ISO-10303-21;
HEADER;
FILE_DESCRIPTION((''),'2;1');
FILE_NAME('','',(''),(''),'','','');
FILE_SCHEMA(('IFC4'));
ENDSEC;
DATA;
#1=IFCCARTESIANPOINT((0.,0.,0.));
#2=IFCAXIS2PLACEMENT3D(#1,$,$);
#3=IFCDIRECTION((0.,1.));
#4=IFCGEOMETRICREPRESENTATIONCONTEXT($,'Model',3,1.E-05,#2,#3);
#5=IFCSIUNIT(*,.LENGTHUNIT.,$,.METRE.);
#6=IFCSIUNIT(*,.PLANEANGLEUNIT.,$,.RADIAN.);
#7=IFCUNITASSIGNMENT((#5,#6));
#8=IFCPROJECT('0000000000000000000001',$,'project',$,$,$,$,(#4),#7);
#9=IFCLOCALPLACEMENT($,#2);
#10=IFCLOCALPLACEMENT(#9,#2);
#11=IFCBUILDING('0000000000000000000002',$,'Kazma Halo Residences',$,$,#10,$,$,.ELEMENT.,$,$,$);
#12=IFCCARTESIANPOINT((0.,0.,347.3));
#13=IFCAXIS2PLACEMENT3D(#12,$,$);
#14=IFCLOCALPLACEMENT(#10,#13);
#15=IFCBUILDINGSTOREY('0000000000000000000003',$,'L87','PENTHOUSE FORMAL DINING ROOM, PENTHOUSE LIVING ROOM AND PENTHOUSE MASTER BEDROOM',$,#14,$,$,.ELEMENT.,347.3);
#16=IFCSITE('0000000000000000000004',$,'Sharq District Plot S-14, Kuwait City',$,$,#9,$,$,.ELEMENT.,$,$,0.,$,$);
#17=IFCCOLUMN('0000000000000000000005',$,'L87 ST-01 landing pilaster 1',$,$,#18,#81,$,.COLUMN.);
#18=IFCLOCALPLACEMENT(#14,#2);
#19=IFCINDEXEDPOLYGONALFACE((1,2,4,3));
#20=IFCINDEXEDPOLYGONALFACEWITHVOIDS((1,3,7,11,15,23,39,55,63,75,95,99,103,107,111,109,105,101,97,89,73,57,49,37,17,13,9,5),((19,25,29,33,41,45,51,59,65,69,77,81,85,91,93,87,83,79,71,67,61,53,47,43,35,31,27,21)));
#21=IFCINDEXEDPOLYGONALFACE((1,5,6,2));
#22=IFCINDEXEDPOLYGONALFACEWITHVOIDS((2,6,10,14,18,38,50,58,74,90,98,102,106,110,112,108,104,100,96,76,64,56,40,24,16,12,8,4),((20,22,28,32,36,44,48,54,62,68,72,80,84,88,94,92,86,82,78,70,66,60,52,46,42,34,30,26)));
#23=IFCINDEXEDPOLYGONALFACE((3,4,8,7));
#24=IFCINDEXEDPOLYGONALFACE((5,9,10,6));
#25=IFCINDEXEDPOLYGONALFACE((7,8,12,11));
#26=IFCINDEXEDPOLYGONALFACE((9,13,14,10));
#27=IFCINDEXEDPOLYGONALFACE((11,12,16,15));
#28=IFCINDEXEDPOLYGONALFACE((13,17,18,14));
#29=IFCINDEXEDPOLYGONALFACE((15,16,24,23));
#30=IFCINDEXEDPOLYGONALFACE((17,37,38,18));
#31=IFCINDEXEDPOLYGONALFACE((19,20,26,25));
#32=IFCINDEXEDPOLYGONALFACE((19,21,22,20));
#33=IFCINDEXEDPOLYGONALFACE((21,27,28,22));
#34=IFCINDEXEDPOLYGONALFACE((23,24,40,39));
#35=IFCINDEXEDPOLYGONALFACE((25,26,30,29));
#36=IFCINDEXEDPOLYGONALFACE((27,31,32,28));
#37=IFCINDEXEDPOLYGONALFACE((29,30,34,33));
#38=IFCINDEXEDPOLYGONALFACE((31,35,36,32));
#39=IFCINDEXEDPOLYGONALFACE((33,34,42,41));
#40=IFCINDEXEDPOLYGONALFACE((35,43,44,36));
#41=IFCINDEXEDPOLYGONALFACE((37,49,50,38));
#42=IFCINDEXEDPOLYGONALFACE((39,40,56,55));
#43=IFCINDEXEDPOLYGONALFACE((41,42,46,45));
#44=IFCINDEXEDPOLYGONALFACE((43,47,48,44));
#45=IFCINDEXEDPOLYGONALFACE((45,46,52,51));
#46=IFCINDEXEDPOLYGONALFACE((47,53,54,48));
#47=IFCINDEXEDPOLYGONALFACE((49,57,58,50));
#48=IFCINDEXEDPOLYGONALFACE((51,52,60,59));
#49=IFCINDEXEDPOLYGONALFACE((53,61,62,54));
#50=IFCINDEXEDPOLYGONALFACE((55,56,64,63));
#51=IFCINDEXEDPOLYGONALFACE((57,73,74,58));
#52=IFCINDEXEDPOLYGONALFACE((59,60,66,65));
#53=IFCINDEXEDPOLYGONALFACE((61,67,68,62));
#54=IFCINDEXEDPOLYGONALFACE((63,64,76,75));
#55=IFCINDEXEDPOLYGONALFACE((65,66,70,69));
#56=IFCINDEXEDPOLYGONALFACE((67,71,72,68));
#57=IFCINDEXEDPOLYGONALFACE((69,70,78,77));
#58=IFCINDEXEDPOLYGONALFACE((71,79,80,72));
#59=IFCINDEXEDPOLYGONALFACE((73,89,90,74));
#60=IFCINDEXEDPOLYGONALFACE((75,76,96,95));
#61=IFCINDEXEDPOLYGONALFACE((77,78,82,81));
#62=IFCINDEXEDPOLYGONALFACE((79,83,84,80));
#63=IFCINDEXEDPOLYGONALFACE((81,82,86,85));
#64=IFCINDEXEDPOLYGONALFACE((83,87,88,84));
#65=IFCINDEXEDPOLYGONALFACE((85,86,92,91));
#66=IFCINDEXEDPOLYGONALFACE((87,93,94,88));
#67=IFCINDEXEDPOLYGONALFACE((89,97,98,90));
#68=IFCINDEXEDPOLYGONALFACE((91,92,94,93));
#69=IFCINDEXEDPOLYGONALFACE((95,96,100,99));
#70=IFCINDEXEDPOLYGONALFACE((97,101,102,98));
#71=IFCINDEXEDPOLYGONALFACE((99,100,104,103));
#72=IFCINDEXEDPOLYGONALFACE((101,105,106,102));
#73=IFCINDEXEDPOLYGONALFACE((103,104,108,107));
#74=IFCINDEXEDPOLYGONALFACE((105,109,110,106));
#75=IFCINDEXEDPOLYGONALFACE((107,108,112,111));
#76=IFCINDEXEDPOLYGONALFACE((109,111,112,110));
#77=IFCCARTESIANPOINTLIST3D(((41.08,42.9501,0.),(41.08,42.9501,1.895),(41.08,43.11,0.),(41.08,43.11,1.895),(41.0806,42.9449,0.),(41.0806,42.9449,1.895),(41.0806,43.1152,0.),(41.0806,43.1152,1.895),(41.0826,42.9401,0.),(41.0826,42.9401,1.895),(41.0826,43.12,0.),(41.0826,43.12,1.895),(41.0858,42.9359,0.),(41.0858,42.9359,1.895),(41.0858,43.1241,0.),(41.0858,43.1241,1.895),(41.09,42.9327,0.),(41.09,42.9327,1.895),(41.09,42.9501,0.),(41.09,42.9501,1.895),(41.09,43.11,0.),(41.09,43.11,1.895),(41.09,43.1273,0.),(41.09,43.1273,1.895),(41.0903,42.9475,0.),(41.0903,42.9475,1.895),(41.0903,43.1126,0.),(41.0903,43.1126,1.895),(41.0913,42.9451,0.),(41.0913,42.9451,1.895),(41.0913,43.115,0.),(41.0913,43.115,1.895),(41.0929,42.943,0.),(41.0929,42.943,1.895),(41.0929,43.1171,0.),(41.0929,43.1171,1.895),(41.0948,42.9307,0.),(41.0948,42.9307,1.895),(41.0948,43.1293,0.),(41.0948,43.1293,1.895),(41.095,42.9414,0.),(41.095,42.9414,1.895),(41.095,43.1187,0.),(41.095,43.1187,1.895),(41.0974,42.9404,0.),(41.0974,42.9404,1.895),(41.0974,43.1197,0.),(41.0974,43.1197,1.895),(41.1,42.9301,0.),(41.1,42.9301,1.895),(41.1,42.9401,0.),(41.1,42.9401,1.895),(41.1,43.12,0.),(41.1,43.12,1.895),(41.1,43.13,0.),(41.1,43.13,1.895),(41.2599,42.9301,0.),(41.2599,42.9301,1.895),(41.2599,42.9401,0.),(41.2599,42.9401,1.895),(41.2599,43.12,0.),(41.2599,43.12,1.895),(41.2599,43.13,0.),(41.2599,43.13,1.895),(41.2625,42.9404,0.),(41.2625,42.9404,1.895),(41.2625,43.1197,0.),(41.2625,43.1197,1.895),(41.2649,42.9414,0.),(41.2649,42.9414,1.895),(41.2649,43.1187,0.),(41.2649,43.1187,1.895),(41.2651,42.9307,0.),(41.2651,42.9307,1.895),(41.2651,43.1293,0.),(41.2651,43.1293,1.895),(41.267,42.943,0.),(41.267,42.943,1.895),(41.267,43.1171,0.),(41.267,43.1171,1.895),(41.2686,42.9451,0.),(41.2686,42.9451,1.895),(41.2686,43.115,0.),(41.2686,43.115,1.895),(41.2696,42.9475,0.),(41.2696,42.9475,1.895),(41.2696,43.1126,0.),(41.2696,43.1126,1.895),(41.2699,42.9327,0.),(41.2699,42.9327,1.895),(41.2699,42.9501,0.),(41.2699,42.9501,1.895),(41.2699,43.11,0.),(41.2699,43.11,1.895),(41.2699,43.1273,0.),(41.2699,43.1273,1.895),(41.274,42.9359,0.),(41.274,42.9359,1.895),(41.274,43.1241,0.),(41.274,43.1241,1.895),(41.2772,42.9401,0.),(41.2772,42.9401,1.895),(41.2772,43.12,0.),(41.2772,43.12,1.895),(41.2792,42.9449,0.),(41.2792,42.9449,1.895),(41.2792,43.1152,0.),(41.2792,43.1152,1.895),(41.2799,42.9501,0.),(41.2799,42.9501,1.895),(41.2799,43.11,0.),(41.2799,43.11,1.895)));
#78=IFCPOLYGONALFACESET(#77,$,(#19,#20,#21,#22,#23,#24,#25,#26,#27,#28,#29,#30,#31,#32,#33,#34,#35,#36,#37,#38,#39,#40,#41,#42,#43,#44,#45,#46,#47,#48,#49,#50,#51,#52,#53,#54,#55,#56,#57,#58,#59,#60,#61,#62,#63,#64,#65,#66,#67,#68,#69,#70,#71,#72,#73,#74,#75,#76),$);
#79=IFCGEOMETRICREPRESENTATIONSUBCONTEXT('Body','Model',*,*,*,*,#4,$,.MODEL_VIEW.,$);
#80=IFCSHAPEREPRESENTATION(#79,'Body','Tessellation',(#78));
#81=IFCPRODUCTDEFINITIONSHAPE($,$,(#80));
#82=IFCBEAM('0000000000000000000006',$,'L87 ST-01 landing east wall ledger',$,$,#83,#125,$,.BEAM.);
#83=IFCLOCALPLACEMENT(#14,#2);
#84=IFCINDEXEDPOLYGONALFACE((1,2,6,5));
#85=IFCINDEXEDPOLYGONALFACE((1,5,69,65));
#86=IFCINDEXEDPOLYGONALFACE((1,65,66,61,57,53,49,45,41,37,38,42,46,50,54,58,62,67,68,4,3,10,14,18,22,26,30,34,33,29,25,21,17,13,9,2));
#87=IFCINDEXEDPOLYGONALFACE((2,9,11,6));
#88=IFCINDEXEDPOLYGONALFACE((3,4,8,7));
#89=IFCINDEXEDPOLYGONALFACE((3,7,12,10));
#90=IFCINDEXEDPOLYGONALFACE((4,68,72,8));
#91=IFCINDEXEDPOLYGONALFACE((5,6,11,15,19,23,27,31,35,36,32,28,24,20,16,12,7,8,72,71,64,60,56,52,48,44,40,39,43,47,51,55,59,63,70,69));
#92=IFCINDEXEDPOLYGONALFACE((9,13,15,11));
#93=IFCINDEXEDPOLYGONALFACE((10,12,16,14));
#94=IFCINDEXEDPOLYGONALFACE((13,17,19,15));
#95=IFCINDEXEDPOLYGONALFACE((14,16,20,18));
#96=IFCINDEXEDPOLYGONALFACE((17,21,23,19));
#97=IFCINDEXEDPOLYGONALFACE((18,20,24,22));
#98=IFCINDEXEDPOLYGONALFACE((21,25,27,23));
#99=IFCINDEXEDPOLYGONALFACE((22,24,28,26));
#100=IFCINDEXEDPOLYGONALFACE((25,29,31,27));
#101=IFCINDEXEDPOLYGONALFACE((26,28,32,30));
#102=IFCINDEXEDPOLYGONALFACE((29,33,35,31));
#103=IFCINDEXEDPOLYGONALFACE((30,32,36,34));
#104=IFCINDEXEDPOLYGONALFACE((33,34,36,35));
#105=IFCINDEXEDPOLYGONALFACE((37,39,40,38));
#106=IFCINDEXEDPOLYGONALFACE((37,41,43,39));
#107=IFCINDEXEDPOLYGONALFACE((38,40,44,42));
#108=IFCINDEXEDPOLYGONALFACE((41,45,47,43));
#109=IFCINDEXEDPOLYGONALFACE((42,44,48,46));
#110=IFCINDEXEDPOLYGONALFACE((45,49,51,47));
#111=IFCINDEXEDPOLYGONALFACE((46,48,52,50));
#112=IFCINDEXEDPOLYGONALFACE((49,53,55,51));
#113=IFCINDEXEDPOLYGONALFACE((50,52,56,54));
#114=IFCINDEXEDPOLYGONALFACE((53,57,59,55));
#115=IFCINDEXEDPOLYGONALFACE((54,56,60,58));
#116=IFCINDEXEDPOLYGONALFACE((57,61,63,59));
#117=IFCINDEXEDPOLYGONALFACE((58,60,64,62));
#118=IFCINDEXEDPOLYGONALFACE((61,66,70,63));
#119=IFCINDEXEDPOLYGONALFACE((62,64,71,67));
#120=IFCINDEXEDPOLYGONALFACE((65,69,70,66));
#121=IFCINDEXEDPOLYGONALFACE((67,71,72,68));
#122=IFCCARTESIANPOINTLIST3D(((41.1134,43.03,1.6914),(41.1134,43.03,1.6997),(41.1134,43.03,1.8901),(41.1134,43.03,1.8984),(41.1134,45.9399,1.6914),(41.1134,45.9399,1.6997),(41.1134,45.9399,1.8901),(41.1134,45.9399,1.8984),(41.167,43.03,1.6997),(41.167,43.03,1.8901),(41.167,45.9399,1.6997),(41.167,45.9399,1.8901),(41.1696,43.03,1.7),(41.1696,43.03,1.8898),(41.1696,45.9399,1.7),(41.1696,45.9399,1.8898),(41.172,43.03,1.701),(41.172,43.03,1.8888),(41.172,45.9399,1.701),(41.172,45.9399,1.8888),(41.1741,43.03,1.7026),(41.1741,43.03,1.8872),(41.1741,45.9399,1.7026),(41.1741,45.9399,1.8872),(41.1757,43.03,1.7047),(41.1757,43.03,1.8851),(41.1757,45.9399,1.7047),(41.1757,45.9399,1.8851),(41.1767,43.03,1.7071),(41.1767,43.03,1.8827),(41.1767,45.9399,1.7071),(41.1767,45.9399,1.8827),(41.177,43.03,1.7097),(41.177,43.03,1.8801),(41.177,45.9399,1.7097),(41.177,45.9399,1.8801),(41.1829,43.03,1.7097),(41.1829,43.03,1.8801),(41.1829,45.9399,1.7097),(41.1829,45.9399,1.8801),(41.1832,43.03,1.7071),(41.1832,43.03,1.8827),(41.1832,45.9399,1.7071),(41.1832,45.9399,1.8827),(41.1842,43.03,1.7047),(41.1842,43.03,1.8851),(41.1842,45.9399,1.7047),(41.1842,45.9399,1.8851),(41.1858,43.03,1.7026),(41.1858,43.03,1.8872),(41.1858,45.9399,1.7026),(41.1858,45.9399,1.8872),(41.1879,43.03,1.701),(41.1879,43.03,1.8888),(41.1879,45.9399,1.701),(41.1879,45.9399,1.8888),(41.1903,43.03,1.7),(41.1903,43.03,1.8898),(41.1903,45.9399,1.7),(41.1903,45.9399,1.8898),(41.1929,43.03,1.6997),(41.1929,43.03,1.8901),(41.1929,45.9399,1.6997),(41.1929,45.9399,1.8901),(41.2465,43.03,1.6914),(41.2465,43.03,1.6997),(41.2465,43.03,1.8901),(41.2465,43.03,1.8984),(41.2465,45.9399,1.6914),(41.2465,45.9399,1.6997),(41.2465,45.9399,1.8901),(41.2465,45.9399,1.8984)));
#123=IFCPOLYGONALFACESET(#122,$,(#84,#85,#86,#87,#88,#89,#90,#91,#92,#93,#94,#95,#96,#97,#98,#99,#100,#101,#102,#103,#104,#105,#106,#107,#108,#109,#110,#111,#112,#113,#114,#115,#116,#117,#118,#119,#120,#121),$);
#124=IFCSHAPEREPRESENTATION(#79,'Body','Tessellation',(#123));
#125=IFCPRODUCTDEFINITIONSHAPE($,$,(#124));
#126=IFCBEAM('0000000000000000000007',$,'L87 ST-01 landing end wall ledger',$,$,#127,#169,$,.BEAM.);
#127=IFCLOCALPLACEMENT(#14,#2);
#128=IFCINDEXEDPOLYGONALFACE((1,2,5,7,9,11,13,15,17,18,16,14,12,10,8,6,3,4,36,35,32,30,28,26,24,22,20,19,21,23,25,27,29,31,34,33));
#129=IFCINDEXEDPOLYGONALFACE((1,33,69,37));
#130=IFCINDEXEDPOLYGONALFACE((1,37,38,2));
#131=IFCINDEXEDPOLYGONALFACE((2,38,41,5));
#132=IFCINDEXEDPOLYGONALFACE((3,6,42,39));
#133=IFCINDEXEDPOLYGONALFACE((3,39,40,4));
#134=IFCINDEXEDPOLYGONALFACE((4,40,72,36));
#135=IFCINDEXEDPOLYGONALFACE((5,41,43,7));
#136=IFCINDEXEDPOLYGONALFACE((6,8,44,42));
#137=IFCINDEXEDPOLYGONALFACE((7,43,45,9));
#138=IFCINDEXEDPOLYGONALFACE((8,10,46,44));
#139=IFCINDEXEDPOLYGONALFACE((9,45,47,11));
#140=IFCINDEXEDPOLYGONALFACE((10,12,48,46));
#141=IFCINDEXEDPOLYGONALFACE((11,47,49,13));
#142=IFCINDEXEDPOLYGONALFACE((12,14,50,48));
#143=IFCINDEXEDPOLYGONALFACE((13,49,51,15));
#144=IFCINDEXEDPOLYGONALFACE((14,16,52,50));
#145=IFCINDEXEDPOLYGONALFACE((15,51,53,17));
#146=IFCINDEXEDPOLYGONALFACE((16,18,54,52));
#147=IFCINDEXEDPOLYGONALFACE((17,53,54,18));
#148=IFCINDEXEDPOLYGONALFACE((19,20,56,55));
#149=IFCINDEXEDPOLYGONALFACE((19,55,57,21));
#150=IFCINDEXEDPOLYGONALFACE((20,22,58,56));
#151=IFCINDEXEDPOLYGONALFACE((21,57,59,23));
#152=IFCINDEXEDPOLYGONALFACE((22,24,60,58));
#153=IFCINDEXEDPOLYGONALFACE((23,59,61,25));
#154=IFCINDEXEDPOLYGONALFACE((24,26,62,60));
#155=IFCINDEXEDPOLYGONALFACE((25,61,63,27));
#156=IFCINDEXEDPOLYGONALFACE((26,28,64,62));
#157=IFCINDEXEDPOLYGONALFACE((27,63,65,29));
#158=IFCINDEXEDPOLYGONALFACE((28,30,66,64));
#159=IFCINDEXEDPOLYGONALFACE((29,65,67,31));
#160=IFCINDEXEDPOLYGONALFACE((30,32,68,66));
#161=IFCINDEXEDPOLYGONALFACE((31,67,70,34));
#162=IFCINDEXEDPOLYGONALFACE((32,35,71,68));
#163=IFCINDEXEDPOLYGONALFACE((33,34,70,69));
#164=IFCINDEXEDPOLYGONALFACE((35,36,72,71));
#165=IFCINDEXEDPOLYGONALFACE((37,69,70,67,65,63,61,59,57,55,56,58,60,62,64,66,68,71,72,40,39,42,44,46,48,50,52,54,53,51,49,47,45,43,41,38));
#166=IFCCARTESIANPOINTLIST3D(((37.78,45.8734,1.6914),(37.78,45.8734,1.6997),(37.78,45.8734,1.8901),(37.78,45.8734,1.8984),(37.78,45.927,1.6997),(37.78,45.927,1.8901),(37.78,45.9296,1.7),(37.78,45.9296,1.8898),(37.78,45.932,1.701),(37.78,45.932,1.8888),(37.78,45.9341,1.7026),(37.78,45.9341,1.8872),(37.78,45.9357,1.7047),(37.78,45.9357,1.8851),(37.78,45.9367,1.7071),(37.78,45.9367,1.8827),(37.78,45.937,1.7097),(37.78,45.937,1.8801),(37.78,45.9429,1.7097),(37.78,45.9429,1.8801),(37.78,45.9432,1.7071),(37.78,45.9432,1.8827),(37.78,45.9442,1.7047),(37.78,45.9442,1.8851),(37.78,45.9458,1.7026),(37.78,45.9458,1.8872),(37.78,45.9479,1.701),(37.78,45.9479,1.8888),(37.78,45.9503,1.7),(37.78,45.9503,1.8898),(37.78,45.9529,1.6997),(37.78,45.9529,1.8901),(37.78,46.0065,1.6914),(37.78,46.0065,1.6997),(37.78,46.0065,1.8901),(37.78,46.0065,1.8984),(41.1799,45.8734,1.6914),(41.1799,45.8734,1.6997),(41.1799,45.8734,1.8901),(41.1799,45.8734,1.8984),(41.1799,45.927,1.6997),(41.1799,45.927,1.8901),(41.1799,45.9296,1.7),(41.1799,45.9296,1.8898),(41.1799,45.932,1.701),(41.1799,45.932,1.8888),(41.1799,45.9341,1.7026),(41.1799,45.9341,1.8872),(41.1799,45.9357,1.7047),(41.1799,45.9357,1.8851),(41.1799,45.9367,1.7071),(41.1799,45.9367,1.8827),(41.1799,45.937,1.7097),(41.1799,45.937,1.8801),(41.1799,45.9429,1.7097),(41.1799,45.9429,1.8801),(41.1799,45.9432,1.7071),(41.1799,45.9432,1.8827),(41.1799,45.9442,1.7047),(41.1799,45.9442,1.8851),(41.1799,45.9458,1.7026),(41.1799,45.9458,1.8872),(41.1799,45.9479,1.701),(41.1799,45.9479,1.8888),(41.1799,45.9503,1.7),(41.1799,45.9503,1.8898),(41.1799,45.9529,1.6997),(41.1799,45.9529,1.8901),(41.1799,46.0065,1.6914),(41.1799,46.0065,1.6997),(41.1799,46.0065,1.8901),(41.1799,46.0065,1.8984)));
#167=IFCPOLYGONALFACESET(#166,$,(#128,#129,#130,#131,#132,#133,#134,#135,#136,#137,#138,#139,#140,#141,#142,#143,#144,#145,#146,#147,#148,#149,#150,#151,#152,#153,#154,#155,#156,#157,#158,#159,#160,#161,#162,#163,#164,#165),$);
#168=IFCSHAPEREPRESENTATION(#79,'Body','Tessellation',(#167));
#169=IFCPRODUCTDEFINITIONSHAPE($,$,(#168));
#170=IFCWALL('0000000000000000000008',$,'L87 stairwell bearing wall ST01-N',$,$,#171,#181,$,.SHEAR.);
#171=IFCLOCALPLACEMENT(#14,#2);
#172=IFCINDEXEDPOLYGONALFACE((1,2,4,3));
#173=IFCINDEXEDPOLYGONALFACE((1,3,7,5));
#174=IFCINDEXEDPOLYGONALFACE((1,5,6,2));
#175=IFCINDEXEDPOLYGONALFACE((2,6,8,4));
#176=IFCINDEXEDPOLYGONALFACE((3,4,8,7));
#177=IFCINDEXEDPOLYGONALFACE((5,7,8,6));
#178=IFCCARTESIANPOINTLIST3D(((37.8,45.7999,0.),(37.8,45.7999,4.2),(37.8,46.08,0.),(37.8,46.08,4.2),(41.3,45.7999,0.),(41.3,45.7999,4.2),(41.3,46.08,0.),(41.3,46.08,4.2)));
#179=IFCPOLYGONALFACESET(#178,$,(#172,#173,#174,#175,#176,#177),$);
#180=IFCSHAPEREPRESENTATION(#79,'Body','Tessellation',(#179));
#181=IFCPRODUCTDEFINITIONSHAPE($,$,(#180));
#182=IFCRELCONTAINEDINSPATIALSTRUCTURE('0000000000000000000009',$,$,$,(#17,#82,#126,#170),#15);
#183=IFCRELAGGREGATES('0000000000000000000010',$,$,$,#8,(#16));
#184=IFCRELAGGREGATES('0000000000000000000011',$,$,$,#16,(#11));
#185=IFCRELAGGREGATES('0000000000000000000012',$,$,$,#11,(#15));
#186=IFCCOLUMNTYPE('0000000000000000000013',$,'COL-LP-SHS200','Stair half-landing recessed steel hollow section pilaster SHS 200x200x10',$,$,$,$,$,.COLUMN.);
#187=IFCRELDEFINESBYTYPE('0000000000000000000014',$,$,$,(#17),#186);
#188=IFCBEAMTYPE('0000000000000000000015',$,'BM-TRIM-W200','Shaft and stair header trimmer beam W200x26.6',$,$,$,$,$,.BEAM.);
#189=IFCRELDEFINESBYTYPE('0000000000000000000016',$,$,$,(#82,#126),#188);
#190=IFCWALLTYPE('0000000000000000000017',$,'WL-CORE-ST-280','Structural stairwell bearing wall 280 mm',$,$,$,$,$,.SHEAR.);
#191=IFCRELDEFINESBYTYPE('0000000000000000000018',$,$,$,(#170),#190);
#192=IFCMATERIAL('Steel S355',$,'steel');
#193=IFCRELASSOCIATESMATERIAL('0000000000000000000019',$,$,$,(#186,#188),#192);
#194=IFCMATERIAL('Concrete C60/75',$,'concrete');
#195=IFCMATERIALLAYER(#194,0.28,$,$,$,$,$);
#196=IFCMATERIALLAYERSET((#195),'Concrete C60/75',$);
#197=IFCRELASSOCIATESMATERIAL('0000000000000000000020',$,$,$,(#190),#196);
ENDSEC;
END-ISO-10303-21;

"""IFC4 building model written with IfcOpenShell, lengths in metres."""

from ifc_helpers import new_model, si_unit, direction, frame, frame_2d, origin, origin_2d, place, context, subcontext, project, spatial, rectangle, hollow_rectangle, i_section, extrude, material, layer, layer_set, material_profile, profile_set, type_object, element, save


model = new_model("IFC4")

# Units and contexts
model_context = context("Model", 3, precision=1e-05, world=origin(), true_north=direction((0.0, 1.0)))
body_context = subcontext(model_context, "Body", "Model", "MODEL_VIEW")
ifc_project = project(units=[si_unit("LENGTHUNIT", "METRE"), si_unit("PLANEANGLEUNIT", "RADIAN")], contexts=[model_context])

# Site, building, storey
site_placement = place(None, origin())
site = spatial("IfcSite", under=ifc_project, at=site_placement, Name="Sharq District Plot S-14, Kuwait City", CompositionType="ELEMENT", RefElevation=0.0)
building_placement = place(site_placement, origin())
building = spatial("IfcBuilding", under=site, at=building_placement, Name="Kazma Halo Residences", CompositionType="ELEMENT")
storey_placement = place(building_placement, frame((0.0, 0.0, 347.3)))
storey = spatial("IfcBuildingStorey", under=building, at=storey_placement, Name="L87", Description="PENTHOUSE FORMAL DINING ROOM, PENTHOUSE LIVING ROOM AND PENTHOUSE MASTER BEDROOM", CompositionType="ELEMENT", Elevation=347.3)

# Column
ifc_material_1 = material(Name="Steel S355", Category="steel")
ifc_material_profile_1 = material_profile(ifc_material_1, hollow_rectangle(XDim=0.2, YDim=0.2, WallThickness=0.01, InnerFilletRadius=0.01, OuterFilletRadius=0.02, at=origin_2d()), Name="SHS200x200x10")
ifc_profile_set_1 = profile_set([ifc_material_profile_1], Name="Steel S355")
column_type = type_object("IfcColumnType", Name="COL-LP-SHS200", Description="Stair half-landing recessed steel hollow section pilaster SHS 200x200x10", PredefinedType="COLUMN", material=ifc_profile_set_1)
column_placement = place(storey_placement, frame((41.1799, 43.03, 0.0), z_axis=(0.0, 0.0, 1.0), x_axis=(1.0, 0.0, 0.0)))
element("IfcColumn", 1, at=column_placement, inside=storey, type_object=column_type, Name="L87 ST-01 landing pilaster 1", PredefinedType="COLUMN", context=body_context, shape_type="SweptSolid", body=[
    extrude(hollow_rectangle(XDim=0.2, YDim=0.2, WallThickness=0.01, InnerFilletRadius=0.01, OuterFilletRadius=0.02, at=origin_2d()), origin(), (0.0, 0.0, 1.0), 1.895),
])

# Beams
ifc_material_profile_2 = material_profile(ifc_material_1, i_section(OverallWidth=0.1331, OverallDepth=0.207, WebThickness=0.0059, FlangeThickness=0.0083, FilletRadius=0.01, at=origin_2d()), Name="W200x26.6")
ifc_profile_set_2 = profile_set([ifc_material_profile_2], Name="Steel S355")
beam_type = type_object("IfcBeamType", Name="BM-TRIM-W200", Description="Shaft and stair header trimmer beam W200x26.6", PredefinedType="BEAM", material=ifc_profile_set_2)
beam_1_placement = place(storey_placement, frame((41.1799, 43.03, 1.7949), z_axis=(0.0, 1.0, 0.0), x_axis=(-1.0, 0.0, 0.0)))
element("IfcBeam", 2, at=beam_1_placement, inside=storey, type_object=beam_type, Name="L87 ST-01 landing east wall ledger", PredefinedType="BEAM", context=body_context, shape_type="SweptSolid", body=[
    extrude(i_section(OverallWidth=0.1331, OverallDepth=0.207, WebThickness=0.0059, FlangeThickness=0.0083, FilletRadius=0.01, at=origin_2d()), origin(), (0.0, 0.0, 1.0), 2.9099),
])
beam_2_placement = place(storey_placement, frame((37.78, 45.9399, 1.7949), z_axis=(1.0, 0.0, 0.0), x_axis=(0.0, 1.0, 0.0)))
element("IfcBeam", 3, at=beam_2_placement, inside=storey, type_object=beam_type, Name="L87 ST-01 landing end wall ledger", PredefinedType="BEAM", context=body_context, shape_type="SweptSolid", body=[
    extrude(i_section(OverallWidth=0.1331, OverallDepth=0.207, WebThickness=0.0059, FlangeThickness=0.0083, FilletRadius=0.01, at=origin_2d()), origin(), (0.0, 0.0, 1.0), 3.3999),
])

# Wall
ifc_material_2 = material(Name="Concrete C60/75", Category="concrete")
ifc_layer_1 = layer(ifc_material_2, 0.28)
ifc_layer_set_1 = layer_set([ifc_layer_1], Name="Concrete C60/75")
wall_type_1 = type_object("IfcWallType", Name="WL-CORE-ST-280", Description="Structural stairwell bearing wall 280 mm", PredefinedType="SHEAR", material=ifc_layer_set_1)
wall_1_placement = place(storey_placement, frame((37.8, 45.9399, 0.0), z_axis=(0.0, 0.0, 1.0), x_axis=(1.0, 0.0, 0.0)))
element("IfcWall", 4, at=wall_1_placement, inside=storey, type_object=wall_type_1, Name="L87 stairwell bearing wall ST01-N", PredefinedType="SHEAR", context=body_context, shape_type="SweptSolid", body=[
    extrude(rectangle(XDim=3.5, YDim=0.28, at=frame_2d((1.75, 0.0))), origin(), (0.0, 0.0, 1.0), 4.2),
])

save(model, "model.ifc")
